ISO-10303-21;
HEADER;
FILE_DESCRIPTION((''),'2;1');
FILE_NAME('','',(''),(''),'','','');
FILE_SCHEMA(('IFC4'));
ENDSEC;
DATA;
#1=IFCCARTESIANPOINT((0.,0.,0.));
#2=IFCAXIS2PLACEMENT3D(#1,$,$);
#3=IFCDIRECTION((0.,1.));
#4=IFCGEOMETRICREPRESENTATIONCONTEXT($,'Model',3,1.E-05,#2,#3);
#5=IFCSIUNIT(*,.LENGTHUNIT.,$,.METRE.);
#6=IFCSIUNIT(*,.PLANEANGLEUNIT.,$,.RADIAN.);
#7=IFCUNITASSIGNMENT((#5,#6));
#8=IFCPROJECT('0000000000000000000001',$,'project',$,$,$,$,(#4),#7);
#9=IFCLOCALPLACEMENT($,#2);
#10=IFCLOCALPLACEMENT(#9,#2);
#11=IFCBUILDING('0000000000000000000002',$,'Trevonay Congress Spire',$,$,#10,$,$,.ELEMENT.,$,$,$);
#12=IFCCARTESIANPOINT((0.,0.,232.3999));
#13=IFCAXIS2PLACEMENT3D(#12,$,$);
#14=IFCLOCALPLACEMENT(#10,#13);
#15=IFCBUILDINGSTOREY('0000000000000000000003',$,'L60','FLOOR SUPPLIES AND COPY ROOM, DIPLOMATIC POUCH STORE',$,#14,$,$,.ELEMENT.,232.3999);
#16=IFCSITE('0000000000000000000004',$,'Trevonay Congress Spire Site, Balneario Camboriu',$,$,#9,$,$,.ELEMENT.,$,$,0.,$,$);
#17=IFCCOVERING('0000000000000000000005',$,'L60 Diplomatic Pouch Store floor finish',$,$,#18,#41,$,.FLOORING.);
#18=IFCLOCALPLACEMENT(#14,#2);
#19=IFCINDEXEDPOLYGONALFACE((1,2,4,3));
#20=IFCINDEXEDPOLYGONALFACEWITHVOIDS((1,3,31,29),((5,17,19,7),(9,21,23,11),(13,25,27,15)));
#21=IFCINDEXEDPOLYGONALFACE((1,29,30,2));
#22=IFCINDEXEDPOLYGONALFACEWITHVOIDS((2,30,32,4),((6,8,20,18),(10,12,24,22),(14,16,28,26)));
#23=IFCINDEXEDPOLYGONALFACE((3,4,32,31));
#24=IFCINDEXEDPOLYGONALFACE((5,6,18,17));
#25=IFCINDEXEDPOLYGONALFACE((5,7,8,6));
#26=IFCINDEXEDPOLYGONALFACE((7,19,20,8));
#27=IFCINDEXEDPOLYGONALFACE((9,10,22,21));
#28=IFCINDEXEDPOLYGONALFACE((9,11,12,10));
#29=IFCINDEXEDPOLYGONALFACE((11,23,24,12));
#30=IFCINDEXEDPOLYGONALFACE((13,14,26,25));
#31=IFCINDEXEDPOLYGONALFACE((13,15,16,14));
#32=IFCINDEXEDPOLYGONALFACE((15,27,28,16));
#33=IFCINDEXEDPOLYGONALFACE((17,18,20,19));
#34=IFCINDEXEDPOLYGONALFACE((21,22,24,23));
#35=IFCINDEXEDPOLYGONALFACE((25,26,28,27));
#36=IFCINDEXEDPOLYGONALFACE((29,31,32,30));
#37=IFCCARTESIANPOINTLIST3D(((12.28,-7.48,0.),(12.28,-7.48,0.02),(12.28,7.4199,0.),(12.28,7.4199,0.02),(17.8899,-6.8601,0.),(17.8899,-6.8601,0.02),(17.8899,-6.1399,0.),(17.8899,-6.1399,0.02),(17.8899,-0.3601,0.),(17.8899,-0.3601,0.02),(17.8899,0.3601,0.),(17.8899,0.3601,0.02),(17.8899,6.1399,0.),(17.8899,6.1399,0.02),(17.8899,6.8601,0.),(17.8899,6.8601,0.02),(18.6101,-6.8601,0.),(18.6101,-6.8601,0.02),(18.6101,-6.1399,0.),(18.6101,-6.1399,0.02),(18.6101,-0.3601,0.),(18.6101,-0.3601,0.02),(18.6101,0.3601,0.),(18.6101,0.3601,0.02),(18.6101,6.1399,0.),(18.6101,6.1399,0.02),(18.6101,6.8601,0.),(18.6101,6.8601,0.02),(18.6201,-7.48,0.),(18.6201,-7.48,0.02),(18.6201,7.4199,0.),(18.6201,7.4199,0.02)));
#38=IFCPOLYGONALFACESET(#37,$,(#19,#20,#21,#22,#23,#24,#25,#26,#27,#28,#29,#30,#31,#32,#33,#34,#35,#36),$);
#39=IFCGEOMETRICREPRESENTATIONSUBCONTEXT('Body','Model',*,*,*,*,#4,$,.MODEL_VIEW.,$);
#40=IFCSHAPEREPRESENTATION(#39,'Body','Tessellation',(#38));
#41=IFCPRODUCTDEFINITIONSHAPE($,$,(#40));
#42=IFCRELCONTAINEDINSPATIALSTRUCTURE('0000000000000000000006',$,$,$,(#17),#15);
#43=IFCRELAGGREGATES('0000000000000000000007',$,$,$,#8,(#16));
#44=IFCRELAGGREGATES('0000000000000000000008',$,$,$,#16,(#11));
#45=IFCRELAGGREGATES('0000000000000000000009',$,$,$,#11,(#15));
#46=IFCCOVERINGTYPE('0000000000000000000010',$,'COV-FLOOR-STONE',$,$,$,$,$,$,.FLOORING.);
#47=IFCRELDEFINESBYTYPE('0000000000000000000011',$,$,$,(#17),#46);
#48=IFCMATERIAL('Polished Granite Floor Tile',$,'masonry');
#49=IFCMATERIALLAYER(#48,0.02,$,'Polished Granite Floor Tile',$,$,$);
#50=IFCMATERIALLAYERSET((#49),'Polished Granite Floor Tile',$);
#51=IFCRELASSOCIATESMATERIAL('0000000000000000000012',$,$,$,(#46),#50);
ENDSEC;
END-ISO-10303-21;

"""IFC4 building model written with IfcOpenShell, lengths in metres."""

from ifc_helpers import new_model, si_unit, direction, frame, origin, place, context, subcontext, project, spatial, polyline, outline, extrude, material, layer, layer_set, type_object, element, save


model = new_model("IFC4")

# Units and contexts
model_context = context("Model", 3, precision=1e-05, world=origin(), true_north=direction((0.0, 1.0)))
body_context = subcontext(model_context, "Body", "Model", "MODEL_VIEW")
ifc_project = project(units=[si_unit("LENGTHUNIT", "METRE"), si_unit("PLANEANGLEUNIT", "RADIAN")], contexts=[model_context])

# Site, building, storey
site_placement = place(None, origin())
site = spatial("IfcSite", under=ifc_project, at=site_placement, Name="Trevonay Congress Spire Site, Balneario Camboriu", CompositionType="ELEMENT", RefElevation=0.0)
building_placement = place(site_placement, origin())
building = spatial("IfcBuilding", under=site, at=building_placement, Name="Trevonay Congress Spire", CompositionType="ELEMENT")
storey_placement = place(building_placement, frame((0.0, 0.0, 232.3999)))
storey = spatial("IfcBuildingStorey", under=building, at=storey_placement, Name="L60", Description="FLOOR SUPPLIES AND COPY ROOM, DIPLOMATIC POUCH STORE", CompositionType="ELEMENT", Elevation=232.3999)

# Covering
ifc_material_1 = material(Name="Polished Granite Floor Tile", Category="masonry")
ifc_layer_1 = layer(ifc_material_1, 0.02, Name="Polished Granite Floor Tile")
ifc_layer_set_1 = layer_set([ifc_layer_1], Name="Polished Granite Floor Tile")
covering_type_1 = type_object("IfcCoveringType", Name="COV-FLOOR-STONE", PredefinedType="FLOORING", material=ifc_layer_set_1)
covering_1_placement = place(storey_placement, origin())
element("IfcCovering", 1, at=covering_1_placement, inside=storey, type_object=covering_type_1, Name="L60 Diplomatic Pouch Store floor finish", PredefinedType="FLOORING", context=body_context, shape_type="SweptSolid", body=[
    extrude(outline(polyline([(12.28, 7.4199), (18.6201, 7.4199), (18.6201, -7.48), (12.28, -7.48), (12.28, 7.4199)]), holes=[polyline([(17.8899, -6.8601), (18.6101, -6.8601), (18.6101, -6.1399), (17.8899, -6.1399), (17.8899, -6.8601)]), polyline([(17.8899, 0.3601), (17.8899, -0.3601), (18.6101, -0.3601), (18.6101, 0.3601), (17.8899, 0.3601)]), polyline([(17.8899, 6.8601), (17.8899, 6.1399), (18.6101, 6.1399), (18.6101, 6.8601), (17.8899, 6.8601)])]), origin(), (0.0, 0.0, 1.0), 0.02),
])

save(model, "model.ifc")
